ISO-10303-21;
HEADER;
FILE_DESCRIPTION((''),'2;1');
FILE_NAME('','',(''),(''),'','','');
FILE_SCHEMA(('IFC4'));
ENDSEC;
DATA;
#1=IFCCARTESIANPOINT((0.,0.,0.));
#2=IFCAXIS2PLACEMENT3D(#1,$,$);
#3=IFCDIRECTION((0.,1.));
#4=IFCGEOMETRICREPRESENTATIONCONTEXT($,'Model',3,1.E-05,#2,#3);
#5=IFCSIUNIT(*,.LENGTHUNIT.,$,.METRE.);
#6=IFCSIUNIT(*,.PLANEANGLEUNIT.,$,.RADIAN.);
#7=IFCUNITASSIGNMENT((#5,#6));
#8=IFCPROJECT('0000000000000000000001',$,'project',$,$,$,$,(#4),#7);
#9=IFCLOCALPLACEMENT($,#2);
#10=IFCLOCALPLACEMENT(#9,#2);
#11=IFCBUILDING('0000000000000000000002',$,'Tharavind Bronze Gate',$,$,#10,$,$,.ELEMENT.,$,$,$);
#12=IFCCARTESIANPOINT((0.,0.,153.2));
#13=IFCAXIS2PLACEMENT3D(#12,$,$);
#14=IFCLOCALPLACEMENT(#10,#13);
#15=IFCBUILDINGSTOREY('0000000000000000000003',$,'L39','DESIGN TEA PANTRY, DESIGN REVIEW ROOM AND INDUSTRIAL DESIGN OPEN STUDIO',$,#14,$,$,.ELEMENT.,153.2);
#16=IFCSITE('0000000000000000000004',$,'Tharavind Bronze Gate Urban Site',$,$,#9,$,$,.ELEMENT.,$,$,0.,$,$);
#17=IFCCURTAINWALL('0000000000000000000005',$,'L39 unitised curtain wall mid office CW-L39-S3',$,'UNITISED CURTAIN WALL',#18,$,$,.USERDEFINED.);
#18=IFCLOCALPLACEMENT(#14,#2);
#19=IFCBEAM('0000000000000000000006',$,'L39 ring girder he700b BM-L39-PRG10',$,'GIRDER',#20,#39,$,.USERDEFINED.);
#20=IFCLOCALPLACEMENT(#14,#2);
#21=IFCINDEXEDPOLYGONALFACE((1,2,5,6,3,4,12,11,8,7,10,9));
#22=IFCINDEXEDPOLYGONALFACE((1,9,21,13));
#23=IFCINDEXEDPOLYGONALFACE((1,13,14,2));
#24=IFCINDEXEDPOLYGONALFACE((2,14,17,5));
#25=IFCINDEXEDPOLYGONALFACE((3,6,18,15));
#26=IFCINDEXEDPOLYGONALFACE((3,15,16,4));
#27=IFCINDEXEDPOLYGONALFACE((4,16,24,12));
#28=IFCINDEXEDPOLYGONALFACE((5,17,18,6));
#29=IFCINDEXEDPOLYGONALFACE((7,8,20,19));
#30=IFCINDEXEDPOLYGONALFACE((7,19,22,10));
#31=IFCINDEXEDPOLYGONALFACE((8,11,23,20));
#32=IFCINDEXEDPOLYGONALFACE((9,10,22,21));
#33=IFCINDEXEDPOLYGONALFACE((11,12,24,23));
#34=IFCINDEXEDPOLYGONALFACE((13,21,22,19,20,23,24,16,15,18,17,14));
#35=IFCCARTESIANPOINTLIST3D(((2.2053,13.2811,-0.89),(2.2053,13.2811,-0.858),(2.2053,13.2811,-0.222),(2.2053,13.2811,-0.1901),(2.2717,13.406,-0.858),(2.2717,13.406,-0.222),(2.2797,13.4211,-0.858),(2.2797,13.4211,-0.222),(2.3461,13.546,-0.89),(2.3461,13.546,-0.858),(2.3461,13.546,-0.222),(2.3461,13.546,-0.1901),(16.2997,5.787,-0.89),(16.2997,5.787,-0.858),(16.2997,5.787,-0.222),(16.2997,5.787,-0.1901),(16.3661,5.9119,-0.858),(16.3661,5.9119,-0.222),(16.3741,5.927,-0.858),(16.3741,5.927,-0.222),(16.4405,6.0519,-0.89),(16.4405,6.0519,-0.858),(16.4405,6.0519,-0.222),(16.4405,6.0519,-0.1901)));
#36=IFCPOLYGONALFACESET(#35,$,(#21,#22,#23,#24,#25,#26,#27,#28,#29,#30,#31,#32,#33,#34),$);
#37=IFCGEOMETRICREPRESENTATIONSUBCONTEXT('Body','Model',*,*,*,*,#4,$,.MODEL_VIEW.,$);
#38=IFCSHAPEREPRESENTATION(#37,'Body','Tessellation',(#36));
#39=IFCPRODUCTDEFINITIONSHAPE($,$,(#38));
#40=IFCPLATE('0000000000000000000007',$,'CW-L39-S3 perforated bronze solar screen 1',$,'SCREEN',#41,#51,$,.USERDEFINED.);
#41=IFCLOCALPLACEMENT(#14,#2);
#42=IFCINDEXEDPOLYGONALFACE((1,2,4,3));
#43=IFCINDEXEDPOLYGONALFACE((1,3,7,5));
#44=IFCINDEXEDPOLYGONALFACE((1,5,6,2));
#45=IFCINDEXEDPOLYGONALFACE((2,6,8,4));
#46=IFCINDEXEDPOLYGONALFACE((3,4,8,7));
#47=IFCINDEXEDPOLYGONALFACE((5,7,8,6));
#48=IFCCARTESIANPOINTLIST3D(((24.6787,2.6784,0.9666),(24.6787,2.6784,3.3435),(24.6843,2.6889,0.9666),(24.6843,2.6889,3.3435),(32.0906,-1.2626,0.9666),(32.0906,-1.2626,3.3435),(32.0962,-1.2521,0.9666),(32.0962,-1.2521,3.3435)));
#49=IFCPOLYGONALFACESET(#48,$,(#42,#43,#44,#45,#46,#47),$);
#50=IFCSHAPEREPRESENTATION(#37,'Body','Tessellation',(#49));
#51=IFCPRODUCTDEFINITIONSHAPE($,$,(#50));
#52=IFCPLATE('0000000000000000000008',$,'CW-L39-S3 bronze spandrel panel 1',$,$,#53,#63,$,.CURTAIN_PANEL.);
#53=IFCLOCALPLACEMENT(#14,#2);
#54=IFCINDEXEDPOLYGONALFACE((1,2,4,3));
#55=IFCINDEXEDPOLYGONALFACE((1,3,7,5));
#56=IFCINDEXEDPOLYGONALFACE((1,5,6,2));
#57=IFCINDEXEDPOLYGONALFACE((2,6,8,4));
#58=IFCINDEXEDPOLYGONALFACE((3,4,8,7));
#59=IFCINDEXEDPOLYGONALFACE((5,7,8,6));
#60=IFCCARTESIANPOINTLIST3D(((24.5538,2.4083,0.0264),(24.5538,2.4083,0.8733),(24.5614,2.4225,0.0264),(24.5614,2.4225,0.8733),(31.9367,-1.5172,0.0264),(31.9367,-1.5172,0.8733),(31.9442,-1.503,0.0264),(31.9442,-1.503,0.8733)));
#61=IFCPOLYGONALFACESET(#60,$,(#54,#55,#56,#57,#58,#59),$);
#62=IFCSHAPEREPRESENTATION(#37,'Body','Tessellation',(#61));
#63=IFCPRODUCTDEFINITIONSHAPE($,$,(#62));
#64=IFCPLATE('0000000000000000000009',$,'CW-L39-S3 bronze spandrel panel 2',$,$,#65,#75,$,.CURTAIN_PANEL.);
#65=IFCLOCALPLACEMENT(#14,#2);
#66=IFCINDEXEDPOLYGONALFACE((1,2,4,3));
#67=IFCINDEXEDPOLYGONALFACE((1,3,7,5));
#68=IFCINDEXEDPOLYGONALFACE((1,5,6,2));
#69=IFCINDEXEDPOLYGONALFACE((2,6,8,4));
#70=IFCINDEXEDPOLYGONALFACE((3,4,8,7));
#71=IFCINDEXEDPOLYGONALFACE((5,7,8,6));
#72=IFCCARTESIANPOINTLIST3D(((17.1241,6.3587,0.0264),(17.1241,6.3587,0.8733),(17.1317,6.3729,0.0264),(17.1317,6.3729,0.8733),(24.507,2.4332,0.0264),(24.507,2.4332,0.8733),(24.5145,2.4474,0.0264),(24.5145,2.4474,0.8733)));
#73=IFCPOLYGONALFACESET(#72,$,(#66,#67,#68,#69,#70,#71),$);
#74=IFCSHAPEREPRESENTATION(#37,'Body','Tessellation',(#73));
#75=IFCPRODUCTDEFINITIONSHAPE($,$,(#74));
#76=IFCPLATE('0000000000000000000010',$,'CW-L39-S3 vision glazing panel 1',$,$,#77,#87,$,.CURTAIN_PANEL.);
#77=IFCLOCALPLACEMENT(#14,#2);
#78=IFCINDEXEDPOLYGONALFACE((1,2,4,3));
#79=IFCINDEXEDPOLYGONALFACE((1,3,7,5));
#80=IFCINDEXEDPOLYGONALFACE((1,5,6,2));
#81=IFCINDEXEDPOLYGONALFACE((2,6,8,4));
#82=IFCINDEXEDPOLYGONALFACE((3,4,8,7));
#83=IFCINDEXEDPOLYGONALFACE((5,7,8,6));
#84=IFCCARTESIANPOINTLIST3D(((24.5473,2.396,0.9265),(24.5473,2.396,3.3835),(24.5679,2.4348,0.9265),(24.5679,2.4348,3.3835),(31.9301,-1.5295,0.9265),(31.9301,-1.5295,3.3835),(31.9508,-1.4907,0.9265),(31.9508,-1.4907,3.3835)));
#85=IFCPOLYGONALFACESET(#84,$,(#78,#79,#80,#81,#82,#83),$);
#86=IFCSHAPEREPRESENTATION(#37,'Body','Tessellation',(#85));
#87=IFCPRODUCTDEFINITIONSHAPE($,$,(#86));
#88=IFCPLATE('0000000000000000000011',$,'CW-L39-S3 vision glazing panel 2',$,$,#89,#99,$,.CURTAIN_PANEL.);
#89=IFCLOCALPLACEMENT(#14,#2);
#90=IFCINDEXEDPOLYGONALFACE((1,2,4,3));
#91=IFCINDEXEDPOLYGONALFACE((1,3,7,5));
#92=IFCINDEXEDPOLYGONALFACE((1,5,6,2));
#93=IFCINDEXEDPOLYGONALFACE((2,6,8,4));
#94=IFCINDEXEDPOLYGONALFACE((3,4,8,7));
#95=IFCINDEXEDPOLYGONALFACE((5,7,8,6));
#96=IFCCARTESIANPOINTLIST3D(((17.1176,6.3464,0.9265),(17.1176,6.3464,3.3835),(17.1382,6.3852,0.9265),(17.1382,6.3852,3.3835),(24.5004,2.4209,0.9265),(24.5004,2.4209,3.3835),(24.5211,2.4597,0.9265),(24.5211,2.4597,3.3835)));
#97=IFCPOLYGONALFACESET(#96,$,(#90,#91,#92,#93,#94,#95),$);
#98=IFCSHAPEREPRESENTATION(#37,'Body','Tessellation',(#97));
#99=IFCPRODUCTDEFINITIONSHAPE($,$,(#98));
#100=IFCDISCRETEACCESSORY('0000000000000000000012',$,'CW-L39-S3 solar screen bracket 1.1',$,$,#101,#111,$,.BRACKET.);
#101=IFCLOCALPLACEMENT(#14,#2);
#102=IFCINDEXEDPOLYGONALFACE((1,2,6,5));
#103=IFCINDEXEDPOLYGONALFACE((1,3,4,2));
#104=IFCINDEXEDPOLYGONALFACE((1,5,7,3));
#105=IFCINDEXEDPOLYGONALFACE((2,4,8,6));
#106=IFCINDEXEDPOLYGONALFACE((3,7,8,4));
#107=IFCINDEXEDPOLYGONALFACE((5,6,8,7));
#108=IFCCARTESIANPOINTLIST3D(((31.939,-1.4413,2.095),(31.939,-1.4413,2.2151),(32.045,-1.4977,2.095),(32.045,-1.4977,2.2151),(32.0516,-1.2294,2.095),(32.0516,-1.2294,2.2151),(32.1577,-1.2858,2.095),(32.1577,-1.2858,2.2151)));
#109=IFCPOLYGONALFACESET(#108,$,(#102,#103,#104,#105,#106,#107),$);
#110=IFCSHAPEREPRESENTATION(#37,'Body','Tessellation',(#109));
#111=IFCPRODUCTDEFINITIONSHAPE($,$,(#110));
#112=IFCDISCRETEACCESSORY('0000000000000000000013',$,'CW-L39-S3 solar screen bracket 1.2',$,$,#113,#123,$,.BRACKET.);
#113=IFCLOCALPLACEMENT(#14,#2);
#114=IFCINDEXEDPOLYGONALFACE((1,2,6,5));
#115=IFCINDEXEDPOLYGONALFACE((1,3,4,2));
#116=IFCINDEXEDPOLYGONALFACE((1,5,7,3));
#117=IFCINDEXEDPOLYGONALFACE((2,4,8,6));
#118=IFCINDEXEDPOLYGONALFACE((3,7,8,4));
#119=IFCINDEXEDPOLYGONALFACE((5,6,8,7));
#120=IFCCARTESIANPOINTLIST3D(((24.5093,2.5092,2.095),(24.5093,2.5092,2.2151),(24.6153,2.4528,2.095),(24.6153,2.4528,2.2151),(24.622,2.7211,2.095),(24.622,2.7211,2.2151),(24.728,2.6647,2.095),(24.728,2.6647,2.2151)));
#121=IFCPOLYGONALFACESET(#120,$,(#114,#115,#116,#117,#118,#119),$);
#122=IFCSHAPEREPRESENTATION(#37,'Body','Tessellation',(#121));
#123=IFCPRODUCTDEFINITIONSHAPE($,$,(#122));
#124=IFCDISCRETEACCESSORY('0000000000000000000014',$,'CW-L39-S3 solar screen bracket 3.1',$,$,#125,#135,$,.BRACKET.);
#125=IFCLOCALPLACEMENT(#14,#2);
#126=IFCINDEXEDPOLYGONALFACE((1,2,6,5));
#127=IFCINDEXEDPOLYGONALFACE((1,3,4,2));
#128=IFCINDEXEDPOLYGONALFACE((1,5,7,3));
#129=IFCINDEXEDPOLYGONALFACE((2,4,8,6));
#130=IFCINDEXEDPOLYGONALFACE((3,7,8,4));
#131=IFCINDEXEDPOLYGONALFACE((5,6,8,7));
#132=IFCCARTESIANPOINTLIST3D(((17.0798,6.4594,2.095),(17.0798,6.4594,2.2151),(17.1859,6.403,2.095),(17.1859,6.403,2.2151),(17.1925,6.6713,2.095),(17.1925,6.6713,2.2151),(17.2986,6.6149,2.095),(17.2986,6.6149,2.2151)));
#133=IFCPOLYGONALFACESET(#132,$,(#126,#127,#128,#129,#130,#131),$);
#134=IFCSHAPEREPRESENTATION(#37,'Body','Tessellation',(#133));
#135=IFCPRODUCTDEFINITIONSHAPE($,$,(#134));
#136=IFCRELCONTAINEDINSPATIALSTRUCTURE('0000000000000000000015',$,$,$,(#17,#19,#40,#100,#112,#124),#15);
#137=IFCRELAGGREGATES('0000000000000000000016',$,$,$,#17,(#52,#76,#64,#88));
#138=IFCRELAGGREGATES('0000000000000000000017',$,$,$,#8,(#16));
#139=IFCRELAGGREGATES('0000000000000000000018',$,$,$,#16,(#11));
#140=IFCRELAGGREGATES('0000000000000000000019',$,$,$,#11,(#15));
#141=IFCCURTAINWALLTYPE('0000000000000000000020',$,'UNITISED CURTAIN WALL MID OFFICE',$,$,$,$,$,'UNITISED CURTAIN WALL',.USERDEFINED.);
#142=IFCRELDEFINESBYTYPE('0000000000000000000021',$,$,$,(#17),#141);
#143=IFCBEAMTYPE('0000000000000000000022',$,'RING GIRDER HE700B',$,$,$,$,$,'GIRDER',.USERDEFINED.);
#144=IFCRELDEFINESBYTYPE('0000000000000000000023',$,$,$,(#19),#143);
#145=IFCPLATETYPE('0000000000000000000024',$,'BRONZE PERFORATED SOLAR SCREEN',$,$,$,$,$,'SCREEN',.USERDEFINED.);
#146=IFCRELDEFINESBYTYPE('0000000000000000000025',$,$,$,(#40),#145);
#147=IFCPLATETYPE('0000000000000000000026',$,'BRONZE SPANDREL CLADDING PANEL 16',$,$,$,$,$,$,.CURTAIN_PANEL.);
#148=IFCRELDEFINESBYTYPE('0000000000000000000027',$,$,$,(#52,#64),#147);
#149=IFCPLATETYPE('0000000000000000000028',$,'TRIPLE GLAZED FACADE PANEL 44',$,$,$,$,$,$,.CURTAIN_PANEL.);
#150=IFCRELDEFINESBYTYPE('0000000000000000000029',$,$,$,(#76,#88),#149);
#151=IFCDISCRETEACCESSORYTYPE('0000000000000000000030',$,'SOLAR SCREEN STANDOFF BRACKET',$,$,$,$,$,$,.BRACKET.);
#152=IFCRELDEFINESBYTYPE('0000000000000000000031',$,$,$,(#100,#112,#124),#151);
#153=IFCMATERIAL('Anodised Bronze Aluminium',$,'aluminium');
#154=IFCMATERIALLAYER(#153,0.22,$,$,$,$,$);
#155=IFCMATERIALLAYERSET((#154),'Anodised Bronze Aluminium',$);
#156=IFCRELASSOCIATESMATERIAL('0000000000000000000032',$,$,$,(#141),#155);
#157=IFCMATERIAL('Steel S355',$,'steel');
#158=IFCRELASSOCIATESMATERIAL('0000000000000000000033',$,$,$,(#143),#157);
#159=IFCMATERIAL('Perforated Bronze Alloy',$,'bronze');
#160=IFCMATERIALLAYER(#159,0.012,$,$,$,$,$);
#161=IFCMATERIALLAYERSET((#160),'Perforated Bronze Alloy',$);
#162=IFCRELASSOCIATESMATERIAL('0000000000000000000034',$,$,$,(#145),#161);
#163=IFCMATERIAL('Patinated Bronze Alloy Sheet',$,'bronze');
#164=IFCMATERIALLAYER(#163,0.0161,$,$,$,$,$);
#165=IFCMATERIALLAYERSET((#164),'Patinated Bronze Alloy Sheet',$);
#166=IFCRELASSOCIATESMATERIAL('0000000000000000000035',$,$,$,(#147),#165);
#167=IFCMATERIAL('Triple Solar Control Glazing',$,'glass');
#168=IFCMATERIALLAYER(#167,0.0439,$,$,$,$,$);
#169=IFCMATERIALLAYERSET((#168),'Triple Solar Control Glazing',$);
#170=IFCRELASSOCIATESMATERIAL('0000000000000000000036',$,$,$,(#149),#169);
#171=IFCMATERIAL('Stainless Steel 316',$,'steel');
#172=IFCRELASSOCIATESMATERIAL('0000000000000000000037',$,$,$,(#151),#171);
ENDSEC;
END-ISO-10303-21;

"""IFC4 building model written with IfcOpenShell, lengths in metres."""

from ifc_helpers import new_model, si_unit, direction, frame, origin, origin_2d, place, context, subcontext, project, spatial, rectangle, i_section, extrude, material, layer, layer_set, material_profile, profile_set, type_object, element, aggregate, save


model = new_model("IFC4")

# Units and contexts
model_context = context("Model", 3, precision=1e-05, world=origin(), true_north=direction((0.0, 1.0)))
body_context = subcontext(model_context, "Body", "Model", "MODEL_VIEW")
ifc_project = project(units=[si_unit("LENGTHUNIT", "METRE"), si_unit("PLANEANGLEUNIT", "RADIAN")], contexts=[model_context])

# Site, building, storey
site_placement = place(None, origin())
site = spatial("IfcSite", under=ifc_project, at=site_placement, Name="Tharavind Bronze Gate Urban Site", CompositionType="ELEMENT", RefElevation=0.0)
building_placement = place(site_placement, origin())
building = spatial("IfcBuilding", under=site, at=building_placement, Name="Tharavind Bronze Gate", CompositionType="ELEMENT")
storey_placement = place(building_placement, frame((0.0, 0.0, 153.2)))
storey = spatial("IfcBuildingStorey", under=building, at=storey_placement, Name="L39", Description="DESIGN TEA PANTRY, DESIGN REVIEW ROOM AND INDUSTRIAL DESIGN OPEN STUDIO", CompositionType="ELEMENT", Elevation=153.2)

# Curtain wall
ifc_material_1 = material(Name="Anodised Bronze Aluminium", Category="aluminium")
ifc_layer_1 = layer(ifc_material_1, 0.22)
ifc_layer_set_1 = layer_set([ifc_layer_1], Name="Anodised Bronze Aluminium")
curtain_wall_type = type_object("IfcCurtainWallType", Name="UNITISED CURTAIN WALL MID OFFICE", ElementType="UNITISED CURTAIN WALL", PredefinedType="USERDEFINED", material=ifc_layer_set_1)
curtain_wall_placement = place(storey_placement, origin())
curtain_wall = element("IfcCurtainWall", 1, at=curtain_wall_placement, inside=storey, type_object=curtain_wall_type, Name="L39 unitised curtain wall mid office CW-L39-S3", ObjectType="UNITISED CURTAIN WALL", PredefinedType="USERDEFINED")

# Beam
ifc_material_2 = material(Name="Steel S355", Category="steel")
ifc_material_profile_1 = material_profile(ifc_material_2, i_section(OverallWidth=0.3, OverallDepth=0.7, WebThickness=0.0171, FlangeThickness=0.032, at=origin_2d()), Name="HE700B")
ifc_profile_set_1 = profile_set([ifc_material_profile_1], Name="Steel S355")
beam_type_1 = type_object("IfcBeamType", Name="RING GIRDER HE700B", ElementType="GIRDER", PredefinedType="USERDEFINED", material=ifc_profile_set_1)
beam_1_placement = place(storey_placement, frame((16.3701, 5.9194, -0.54), z_axis=(-0.882948, 0.46947, 0.0), x_axis=(-0.46947, -0.882948, 0.0)))
element("IfcBeam", 2, at=beam_1_placement, inside=storey, type_object=beam_type_1, Name="L39 ring girder he700b BM-L39-PRG10", ObjectType="GIRDER", PredefinedType="USERDEFINED", context=body_context, shape_type="SweptSolid", body=[
    extrude(i_section(OverallWidth=0.3, OverallDepth=0.7, WebThickness=0.0171, FlangeThickness=0.032, at=origin_2d()), origin(), (0.0, 0.0, 1.0), 15.9629),
])

# Plates
ifc_material_3 = material(Name="Perforated Bronze Alloy", Category="bronze")
ifc_layer_2 = layer(ifc_material_3, 0.012)
ifc_layer_set_2 = layer_set([ifc_layer_2], Name="Perforated Bronze Alloy")
plate_type_1 = type_object("IfcPlateType", Name="BRONZE PERFORATED SOLAR SCREEN", ElementType="SCREEN", PredefinedType="USERDEFINED", material=ifc_layer_set_2)
plate_1_placement = place(storey_placement, frame((28.3875, 0.7131, 0.9666), z_axis=(0.0, 0.0, 1.0), x_axis=(-0.882948, 0.469472, 0.0)))
element("IfcPlate", 3, at=plate_1_placement, inside=storey, type_object=plate_type_1, Name="CW-L39-S3 perforated bronze solar screen 1", ObjectType="SCREEN", PredefinedType="USERDEFINED", context=body_context, shape_type="SweptSolid", body=[
    extrude(rectangle(XDim=8.3945, YDim=0.012, at=origin_2d()), origin(), (0.0, 0.0, 1.0), 2.377),
])
ifc_material_4 = material(Name="Patinated Bronze Alloy Sheet", Category="bronze")
ifc_layer_3 = layer(ifc_material_4, 0.0161)
ifc_layer_set_3 = layer_set([ifc_layer_3], Name="Patinated Bronze Alloy Sheet")
plate_type_2 = type_object("IfcPlateType", Name="BRONZE SPANDREL CLADDING PANEL 16", PredefinedType="CURTAIN_PANEL", material=ifc_layer_set_3)
plate_2_placement = place(storey_placement, frame((28.249, 0.4526, 0.0264), z_axis=(0.0, 0.0, 1.0), x_axis=(-0.882948, 0.469472, 0.0)))
plate_2 = element("IfcPlate", 4, at=plate_2_placement, type_object=plate_type_2, Name="CW-L39-S3 bronze spandrel panel 1", PredefinedType="CURTAIN_PANEL", context=body_context, shape_type="SweptSolid", body=[
    extrude(rectangle(XDim=8.3616, YDim=0.0161, at=origin_2d()), origin(), (0.0, 0.0, 1.0), 0.8469),
])
plate_3_placement = place(storey_placement, frame((20.8193, 4.4031, 0.0264), z_axis=(0.0, 0.0, 1.0), x_axis=(-0.882948, 0.469472, 0.0)))
plate_3 = element("IfcPlate", 5, at=plate_3_placement, type_object=plate_type_2, Name="CW-L39-S3 bronze spandrel panel 2", PredefinedType="CURTAIN_PANEL", context=body_context, shape_type="SweptSolid", body=[
    extrude(rectangle(XDim=8.3616, YDim=0.0161, at=origin_2d()), origin(), (0.0, 0.0, 1.0), 0.8469),
])
ifc_material_5 = material(Name="Triple Solar Control Glazing", Category="glass")
ifc_layer_4 = layer(ifc_material_5, 0.0439)
ifc_layer_set_4 = layer_set([ifc_layer_4], Name="Triple Solar Control Glazing")
plate_type_3 = type_object("IfcPlateType", Name="TRIPLE GLAZED FACADE PANEL 44", PredefinedType="CURTAIN_PANEL", material=ifc_layer_set_4)
plate_4_placement = place(storey_placement, frame((28.249, 0.4526, 0.9265), z_axis=(0.0, 0.0, 1.0), x_axis=(-0.882948, 0.469472, 0.0)))
plate_4 = element("IfcPlate", 6, at=plate_4_placement, type_object=plate_type_3, Name="CW-L39-S3 vision glazing panel 1", PredefinedType="CURTAIN_PANEL", context=body_context, shape_type="SweptSolid", body=[
    extrude(rectangle(XDim=8.3616, YDim=0.0439, at=origin_2d()), origin(), (0.0, 0.0, 1.0), 2.457),
])
plate_5_placement = place(storey_placement, frame((20.8193, 4.4031, 0.9265), z_axis=(0.0, 0.0, 1.0), x_axis=(-0.882948, 0.469472, 0.0)))
plate_5 = element("IfcPlate", 7, at=plate_5_placement, type_object=plate_type_3, Name="CW-L39-S3 vision glazing panel 2", PredefinedType="CURTAIN_PANEL", context=body_context, shape_type="SweptSolid", body=[
    extrude(rectangle(XDim=8.3616, YDim=0.0439, at=origin_2d()), origin(), (0.0, 0.0, 1.0), 2.457),
])
aggregate(curtain_wall, [plate_2, plate_4, plate_3, plate_5])

# Discrete accessories
ifc_material_6 = material(Name="Stainless Steel 316", Category="steel")
discrete_accessory_type = type_object("IfcDiscreteAccessoryType", Name="SOLAR SCREEN STANDOFF BRACKET", PredefinedType="BRACKET", material=ifc_material_6)
for number, where, z_axis, x_axis, name in (
    (8, (32.0483, -1.3635, 2.095), (0.0, 0.0, 1.0), (-0.882948, 0.469472, 0.0), "CW-L39-S3 solar screen bracket 1.1"),
    (9, (24.6187, 2.5869, 2.095), (0.0, 0.0, 1.0), (-0.882948, 0.469472, 0.0), "CW-L39-S3 solar screen bracket 1.2"),
    (10, (17.1892, 6.5371, 2.095), (0.0, 0.0, 1.0), (-0.882948, 0.469472, 0.0), "CW-L39-S3 solar screen bracket 3.1"),
):
    element("IfcDiscreteAccessory", number, at=place(storey_placement, frame(where, z_axis=z_axis, x_axis=x_axis)), inside=storey, type_object=discrete_accessory_type, Name=name, PredefinedType="BRACKET", context=body_context, shape_type="SweptSolid", body=[
        extrude(rectangle(XDim=0.1201, YDim=0.24, at=origin_2d()), origin(), (0.0, 0.0, 1.0), 0.1201),
    ])

save(model, "model.ifc")
